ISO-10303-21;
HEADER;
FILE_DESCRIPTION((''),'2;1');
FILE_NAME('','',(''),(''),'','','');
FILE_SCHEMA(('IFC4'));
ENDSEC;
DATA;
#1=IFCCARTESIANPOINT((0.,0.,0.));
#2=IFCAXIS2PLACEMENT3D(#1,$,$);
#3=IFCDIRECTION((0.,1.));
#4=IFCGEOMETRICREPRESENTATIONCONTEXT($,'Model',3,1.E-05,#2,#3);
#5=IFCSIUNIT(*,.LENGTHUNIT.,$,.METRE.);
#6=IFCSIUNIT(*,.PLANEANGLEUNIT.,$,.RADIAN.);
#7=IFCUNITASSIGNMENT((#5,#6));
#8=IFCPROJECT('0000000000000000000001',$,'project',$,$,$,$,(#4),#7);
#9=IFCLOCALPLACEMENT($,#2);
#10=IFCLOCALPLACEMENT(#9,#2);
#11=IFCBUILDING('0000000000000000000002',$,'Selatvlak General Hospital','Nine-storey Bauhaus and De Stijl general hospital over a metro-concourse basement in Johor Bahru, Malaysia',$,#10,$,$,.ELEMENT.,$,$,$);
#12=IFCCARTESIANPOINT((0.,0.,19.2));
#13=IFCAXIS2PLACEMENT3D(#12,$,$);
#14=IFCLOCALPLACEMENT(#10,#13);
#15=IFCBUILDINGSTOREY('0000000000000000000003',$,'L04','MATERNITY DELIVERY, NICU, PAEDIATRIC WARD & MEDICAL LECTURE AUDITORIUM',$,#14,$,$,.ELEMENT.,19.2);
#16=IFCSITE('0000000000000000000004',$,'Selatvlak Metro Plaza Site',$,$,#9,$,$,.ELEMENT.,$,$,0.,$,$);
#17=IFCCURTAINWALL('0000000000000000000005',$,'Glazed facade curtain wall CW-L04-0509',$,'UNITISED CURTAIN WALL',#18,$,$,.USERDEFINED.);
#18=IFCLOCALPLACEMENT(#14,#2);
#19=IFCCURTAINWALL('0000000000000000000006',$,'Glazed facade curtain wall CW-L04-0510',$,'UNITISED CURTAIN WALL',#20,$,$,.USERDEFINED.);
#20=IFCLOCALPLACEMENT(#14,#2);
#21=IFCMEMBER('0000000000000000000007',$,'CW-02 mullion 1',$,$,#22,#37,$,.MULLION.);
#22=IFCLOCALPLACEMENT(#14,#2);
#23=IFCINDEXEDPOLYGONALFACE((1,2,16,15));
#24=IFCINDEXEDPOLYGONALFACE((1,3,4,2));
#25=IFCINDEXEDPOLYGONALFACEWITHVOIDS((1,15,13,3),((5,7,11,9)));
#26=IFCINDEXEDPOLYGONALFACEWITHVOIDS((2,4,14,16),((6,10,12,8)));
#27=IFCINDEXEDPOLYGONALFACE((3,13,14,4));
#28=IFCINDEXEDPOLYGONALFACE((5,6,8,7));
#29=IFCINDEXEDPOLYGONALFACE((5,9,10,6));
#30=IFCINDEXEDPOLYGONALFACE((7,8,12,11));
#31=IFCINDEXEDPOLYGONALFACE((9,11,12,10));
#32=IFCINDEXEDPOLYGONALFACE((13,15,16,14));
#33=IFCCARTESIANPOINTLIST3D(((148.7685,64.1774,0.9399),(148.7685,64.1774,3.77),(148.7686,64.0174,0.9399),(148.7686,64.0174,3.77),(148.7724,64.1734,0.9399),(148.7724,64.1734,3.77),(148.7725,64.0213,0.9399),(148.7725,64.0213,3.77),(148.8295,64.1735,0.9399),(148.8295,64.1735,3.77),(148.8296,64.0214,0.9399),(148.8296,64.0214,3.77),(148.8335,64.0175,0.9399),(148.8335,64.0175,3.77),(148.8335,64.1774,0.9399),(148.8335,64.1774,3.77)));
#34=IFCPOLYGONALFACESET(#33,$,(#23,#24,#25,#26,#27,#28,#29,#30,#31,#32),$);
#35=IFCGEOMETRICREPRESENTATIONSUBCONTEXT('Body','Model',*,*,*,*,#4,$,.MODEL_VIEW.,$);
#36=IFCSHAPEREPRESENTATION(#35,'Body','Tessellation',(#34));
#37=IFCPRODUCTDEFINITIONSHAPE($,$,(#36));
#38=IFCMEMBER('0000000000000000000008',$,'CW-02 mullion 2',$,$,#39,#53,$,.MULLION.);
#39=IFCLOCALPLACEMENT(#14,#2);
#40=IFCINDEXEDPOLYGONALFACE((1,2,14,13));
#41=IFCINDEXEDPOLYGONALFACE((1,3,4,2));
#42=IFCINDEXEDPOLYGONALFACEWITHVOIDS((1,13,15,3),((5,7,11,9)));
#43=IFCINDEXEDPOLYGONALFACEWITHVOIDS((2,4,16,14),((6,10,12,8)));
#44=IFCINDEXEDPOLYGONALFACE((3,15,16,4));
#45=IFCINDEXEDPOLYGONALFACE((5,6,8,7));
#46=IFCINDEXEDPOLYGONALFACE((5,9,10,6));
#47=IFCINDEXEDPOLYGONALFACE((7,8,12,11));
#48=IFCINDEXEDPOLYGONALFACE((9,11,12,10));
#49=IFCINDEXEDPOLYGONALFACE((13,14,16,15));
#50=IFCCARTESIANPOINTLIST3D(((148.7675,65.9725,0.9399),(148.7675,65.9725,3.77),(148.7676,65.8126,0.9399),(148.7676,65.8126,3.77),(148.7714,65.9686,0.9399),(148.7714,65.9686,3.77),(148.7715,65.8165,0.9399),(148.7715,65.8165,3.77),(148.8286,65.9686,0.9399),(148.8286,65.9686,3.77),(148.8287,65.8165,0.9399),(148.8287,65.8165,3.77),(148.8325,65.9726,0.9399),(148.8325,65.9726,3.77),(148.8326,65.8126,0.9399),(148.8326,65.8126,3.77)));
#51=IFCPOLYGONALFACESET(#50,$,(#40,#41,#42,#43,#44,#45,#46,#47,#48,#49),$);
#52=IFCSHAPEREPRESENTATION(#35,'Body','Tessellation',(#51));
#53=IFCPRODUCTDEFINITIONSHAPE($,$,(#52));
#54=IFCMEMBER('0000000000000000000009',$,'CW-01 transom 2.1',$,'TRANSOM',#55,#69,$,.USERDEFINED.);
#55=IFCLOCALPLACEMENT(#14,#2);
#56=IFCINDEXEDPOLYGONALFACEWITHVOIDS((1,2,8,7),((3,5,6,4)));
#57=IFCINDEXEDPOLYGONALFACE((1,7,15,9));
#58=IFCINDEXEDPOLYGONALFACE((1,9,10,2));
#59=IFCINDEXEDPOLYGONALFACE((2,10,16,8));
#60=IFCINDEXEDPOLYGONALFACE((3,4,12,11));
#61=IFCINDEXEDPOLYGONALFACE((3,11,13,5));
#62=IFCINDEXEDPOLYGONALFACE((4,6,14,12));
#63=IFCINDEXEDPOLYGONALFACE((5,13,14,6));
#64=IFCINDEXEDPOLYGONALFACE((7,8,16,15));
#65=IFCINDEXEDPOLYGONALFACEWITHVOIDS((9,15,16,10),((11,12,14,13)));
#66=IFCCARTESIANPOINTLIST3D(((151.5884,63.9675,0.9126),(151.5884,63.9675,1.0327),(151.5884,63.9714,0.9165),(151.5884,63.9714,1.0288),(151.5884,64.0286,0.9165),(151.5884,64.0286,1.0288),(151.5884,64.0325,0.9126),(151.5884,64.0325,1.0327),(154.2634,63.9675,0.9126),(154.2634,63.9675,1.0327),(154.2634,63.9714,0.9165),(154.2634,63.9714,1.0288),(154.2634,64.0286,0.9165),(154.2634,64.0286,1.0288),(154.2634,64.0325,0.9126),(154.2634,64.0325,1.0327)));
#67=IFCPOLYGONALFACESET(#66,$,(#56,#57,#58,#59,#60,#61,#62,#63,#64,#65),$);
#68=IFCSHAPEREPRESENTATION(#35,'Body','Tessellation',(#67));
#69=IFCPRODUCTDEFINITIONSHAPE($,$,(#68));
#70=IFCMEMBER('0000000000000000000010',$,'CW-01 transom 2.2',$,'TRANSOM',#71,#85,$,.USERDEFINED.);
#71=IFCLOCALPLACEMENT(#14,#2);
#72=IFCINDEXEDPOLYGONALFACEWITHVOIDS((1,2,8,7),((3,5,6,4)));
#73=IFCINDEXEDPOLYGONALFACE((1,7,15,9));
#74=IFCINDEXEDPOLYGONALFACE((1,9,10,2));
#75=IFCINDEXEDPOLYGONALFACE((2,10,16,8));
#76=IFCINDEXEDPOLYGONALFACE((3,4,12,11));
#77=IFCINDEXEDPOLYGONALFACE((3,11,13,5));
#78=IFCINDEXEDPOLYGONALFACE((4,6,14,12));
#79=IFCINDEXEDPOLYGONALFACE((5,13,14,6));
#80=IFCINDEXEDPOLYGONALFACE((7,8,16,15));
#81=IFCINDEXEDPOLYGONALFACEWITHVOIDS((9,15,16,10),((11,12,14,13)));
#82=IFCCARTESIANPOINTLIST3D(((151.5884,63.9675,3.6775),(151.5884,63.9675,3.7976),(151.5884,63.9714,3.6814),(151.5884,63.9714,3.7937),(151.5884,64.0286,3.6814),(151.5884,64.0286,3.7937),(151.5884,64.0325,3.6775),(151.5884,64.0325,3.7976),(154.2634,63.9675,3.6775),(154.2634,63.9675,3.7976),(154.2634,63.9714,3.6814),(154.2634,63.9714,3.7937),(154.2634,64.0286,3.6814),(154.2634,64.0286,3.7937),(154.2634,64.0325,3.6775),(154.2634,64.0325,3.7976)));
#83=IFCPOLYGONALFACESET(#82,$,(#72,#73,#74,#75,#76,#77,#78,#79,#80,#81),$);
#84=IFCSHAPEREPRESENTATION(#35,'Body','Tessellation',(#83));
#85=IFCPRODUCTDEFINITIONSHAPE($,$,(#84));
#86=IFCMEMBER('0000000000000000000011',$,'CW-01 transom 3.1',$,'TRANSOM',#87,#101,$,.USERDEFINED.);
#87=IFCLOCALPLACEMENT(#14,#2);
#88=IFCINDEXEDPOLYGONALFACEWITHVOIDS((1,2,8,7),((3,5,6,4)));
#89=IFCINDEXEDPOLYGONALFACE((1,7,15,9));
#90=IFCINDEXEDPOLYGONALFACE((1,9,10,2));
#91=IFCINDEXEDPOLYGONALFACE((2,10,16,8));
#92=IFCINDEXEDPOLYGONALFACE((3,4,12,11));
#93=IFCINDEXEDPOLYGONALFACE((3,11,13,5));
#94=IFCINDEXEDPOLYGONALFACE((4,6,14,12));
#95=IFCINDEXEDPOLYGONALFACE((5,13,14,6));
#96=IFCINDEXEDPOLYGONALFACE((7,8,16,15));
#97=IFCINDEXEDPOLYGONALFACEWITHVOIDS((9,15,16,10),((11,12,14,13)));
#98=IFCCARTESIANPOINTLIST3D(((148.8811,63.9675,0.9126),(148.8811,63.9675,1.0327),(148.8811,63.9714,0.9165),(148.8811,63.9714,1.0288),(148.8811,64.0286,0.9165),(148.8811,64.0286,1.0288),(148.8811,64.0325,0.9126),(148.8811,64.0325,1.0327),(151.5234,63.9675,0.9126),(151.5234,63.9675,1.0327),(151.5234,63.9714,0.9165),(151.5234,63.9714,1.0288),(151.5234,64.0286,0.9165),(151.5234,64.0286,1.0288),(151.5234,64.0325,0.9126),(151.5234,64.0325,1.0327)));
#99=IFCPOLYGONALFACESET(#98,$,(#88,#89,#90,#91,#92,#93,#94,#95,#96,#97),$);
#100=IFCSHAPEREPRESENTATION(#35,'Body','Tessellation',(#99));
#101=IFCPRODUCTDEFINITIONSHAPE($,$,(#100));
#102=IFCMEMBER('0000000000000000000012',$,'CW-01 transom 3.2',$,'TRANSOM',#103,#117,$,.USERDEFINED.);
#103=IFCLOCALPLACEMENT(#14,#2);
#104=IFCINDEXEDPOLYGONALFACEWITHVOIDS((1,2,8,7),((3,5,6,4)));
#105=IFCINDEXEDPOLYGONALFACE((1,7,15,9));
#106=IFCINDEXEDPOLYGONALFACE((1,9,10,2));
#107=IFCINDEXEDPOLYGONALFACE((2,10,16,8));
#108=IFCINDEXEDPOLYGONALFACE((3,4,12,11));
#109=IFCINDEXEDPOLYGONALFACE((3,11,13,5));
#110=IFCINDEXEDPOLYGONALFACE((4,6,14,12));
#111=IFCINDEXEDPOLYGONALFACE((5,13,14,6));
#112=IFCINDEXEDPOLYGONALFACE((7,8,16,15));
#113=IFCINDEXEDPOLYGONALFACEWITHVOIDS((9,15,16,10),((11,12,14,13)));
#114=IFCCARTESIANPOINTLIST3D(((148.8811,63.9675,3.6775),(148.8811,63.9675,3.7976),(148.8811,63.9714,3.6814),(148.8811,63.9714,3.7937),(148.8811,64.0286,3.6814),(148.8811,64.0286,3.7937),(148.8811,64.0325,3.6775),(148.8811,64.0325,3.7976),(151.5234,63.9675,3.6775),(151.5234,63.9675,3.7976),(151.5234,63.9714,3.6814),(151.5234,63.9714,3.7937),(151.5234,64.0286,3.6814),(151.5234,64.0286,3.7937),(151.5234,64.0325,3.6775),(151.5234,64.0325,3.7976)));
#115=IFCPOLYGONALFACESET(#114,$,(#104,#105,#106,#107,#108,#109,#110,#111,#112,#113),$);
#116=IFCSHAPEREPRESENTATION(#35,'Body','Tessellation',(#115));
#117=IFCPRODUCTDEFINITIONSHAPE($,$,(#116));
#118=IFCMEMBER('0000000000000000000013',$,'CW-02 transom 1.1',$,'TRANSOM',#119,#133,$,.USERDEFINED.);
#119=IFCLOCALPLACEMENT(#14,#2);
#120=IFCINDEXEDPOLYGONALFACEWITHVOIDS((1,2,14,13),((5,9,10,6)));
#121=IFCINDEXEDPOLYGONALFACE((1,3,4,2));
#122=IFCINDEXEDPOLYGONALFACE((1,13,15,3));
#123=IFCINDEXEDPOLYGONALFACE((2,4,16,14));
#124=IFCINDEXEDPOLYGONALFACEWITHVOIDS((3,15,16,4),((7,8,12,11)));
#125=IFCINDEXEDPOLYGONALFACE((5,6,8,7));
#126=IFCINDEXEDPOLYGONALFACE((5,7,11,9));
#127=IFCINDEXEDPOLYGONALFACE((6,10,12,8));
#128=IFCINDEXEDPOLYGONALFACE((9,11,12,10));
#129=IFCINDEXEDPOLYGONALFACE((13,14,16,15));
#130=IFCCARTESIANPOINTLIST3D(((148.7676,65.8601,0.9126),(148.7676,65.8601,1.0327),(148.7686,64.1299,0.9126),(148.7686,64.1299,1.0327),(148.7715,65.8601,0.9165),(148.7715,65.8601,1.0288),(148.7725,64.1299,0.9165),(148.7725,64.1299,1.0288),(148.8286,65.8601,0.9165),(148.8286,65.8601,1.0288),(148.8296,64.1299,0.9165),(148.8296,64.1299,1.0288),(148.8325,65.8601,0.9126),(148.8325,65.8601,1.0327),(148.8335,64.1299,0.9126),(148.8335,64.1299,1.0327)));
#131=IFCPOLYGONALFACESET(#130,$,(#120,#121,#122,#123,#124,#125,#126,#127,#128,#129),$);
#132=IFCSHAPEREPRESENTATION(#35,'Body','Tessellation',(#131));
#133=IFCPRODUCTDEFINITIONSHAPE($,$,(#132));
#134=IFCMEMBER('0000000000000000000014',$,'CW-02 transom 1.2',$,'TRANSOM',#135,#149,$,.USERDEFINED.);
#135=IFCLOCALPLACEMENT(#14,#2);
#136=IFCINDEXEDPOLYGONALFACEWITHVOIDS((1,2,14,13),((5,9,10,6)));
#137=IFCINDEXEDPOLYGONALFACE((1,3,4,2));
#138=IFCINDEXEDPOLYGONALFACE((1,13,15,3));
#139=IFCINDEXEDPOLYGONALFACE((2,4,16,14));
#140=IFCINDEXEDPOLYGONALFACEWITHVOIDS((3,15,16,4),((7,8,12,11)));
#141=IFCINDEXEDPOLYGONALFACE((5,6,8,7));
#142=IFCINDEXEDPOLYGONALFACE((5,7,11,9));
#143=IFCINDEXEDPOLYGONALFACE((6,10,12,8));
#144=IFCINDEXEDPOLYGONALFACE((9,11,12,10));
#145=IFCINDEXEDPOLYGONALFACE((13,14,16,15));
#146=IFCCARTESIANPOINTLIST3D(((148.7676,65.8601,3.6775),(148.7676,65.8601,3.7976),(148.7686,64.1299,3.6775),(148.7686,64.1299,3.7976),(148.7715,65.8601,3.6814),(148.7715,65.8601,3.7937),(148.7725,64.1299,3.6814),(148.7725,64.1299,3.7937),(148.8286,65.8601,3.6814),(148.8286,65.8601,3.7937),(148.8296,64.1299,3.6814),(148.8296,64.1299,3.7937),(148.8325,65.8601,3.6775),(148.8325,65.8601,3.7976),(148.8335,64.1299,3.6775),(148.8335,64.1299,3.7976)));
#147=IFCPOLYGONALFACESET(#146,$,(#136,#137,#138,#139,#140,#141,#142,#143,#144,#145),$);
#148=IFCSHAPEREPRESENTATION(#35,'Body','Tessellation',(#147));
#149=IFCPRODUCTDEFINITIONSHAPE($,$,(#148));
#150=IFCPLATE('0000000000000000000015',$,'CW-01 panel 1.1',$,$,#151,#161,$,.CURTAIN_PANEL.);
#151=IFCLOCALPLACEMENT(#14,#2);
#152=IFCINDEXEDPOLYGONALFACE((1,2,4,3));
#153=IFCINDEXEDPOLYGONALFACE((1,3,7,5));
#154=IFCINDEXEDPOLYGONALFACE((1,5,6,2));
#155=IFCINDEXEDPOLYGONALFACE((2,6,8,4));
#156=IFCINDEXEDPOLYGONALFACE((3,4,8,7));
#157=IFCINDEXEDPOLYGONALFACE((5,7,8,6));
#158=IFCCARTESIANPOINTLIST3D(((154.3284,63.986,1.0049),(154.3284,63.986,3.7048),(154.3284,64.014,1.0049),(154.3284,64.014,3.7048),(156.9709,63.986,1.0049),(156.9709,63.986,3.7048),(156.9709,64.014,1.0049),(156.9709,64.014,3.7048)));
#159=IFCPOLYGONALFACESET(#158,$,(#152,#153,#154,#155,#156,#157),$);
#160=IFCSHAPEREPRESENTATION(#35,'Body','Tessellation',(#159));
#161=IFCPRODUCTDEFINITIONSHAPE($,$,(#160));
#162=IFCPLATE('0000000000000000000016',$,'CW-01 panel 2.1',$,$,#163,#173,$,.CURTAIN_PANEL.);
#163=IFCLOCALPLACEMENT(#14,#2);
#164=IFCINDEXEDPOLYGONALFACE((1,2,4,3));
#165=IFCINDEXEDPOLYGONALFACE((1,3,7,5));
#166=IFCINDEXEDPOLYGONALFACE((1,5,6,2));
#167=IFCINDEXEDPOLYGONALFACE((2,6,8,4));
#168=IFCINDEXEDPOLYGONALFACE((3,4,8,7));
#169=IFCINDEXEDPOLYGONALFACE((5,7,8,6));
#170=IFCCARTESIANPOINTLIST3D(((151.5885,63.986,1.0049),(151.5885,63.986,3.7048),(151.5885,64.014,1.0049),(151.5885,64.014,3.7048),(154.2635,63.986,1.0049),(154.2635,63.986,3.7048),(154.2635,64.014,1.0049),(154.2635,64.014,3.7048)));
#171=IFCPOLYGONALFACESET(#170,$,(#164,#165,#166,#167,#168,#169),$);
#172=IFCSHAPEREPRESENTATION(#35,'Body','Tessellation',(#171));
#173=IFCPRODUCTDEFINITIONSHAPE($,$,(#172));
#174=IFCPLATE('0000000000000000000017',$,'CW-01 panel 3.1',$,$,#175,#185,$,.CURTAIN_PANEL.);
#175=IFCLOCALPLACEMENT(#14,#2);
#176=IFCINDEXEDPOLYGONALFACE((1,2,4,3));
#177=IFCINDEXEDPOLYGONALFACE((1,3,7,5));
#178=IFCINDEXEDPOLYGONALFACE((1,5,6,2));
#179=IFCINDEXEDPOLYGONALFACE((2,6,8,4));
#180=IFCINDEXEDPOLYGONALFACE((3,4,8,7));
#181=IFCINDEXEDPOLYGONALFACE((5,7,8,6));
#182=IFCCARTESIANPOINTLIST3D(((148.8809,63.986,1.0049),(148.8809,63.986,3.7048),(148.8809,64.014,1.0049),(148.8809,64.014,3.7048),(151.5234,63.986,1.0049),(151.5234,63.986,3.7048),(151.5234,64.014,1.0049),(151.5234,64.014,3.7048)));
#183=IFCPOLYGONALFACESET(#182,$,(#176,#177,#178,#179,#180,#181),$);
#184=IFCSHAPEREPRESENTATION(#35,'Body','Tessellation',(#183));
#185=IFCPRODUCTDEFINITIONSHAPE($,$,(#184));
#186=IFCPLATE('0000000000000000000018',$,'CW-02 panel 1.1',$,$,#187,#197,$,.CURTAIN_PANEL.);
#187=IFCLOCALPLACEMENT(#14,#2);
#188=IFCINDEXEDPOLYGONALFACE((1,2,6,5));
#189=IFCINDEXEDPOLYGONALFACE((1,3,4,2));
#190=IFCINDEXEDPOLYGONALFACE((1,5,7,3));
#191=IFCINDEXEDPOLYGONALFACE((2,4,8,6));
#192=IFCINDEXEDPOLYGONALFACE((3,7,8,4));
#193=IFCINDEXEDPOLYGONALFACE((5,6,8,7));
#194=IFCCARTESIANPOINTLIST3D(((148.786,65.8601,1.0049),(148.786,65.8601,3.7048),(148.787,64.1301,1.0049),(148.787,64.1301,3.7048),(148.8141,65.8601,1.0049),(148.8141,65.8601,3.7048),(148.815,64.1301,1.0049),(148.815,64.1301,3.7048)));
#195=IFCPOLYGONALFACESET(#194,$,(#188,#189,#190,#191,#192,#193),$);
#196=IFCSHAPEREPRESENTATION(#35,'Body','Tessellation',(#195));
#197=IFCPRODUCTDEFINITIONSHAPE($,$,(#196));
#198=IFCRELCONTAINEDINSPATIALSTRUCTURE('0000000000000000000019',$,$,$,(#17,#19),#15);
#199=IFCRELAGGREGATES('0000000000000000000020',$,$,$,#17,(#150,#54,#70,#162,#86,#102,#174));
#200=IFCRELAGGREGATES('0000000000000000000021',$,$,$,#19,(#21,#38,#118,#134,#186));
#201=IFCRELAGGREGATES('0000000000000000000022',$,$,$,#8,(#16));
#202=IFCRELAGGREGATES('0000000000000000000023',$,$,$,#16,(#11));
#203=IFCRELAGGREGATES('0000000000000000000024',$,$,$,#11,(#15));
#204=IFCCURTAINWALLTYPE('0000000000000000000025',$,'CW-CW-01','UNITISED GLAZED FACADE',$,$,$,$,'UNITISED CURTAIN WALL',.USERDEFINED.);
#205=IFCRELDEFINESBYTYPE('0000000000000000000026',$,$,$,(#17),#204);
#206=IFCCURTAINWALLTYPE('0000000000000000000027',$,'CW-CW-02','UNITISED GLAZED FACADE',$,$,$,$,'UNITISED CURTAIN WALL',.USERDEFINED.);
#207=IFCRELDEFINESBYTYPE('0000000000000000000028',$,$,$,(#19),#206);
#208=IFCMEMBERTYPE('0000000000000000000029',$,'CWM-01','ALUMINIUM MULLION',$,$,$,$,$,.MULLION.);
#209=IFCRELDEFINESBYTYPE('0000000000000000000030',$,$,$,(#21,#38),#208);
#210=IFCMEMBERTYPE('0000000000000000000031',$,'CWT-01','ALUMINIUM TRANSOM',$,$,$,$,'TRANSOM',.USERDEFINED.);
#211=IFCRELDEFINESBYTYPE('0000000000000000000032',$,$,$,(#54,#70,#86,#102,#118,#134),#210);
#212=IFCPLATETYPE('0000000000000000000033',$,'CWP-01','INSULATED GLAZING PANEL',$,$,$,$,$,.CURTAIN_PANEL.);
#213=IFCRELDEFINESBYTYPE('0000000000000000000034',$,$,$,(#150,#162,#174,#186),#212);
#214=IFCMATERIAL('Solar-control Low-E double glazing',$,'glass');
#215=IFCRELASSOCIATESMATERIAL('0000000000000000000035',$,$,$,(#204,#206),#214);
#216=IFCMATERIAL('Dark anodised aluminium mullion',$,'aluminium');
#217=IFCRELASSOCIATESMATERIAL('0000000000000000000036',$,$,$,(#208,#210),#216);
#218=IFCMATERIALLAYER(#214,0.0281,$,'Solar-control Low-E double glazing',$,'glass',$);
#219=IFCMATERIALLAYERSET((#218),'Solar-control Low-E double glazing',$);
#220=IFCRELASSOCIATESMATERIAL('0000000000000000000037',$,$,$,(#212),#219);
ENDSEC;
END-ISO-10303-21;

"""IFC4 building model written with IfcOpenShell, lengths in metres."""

from ifc_helpers import new_model, si_unit, direction, frame, origin, origin_2d, place, context, subcontext, project, spatial, rectangle, hollow_rectangle, extrude, material, layer, layer_set, material_profile, profile_set, type_object, element, aggregate, save


model = new_model("IFC4")

# Units and contexts
model_context = context("Model", 3, precision=1e-05, world=origin(), true_north=direction((0.0, 1.0)))
body_context = subcontext(model_context, "Body", "Model", "MODEL_VIEW")
ifc_project = project(units=[si_unit("LENGTHUNIT", "METRE"), si_unit("PLANEANGLEUNIT", "RADIAN")], contexts=[model_context])

# Site, building, storey
site_placement = place(None, origin())
site = spatial("IfcSite", under=ifc_project, at=site_placement, Name="Selatvlak Metro Plaza Site", CompositionType="ELEMENT", RefElevation=0.0)
building_placement = place(site_placement, origin())
building = spatial("IfcBuilding", under=site, at=building_placement, Name="Selatvlak General Hospital", Description="Nine-storey Bauhaus and De Stijl general hospital over a metro-concourse basement in Johor Bahru, Malaysia", CompositionType="ELEMENT")
storey_placement = place(building_placement, frame((0.0, 0.0, 19.2)))
storey = spatial("IfcBuildingStorey", under=building, at=storey_placement, Name="L04", Description="MATERNITY DELIVERY, NICU, PAEDIATRIC WARD & MEDICAL LECTURE AUDITORIUM", CompositionType="ELEMENT", Elevation=19.2)

# Curtain walls, members
ifc_material_1 = material(Name="Solar-control Low-E double glazing", Category="glass")
curtain_wall_type_1 = type_object("IfcCurtainWallType", Name="CW-CW-01", Description="UNITISED GLAZED FACADE", ElementType="UNITISED CURTAIN WALL", PredefinedType="USERDEFINED", material=ifc_material_1)
curtain_wall_1_placement = place(storey_placement, origin())
curtain_wall_1 = element("IfcCurtainWall", 1, at=curtain_wall_1_placement, inside=storey, type_object=curtain_wall_type_1, Name="Glazed facade curtain wall CW-L04-0509", ObjectType="UNITISED CURTAIN WALL", PredefinedType="USERDEFINED")
ifc_material_2 = material(Name="Dark anodised aluminium mullion", Category="aluminium")
ifc_material_profile_1 = material_profile(ifc_material_2, hollow_rectangle(XDim=0.0649, YDim=0.1599, WallThickness=0.0039, at=origin_2d()), Name="AL-MUL 65x160x4")
ifc_profile_set_1 = profile_set([ifc_material_profile_1], Name="Dark anodised aluminium mullion")
member_type_1 = type_object("IfcMemberType", Name="CWM-01", Description="ALUMINIUM MULLION", PredefinedType="MULLION", material=ifc_profile_set_1)
curtain_wall_type_2 = type_object("IfcCurtainWallType", Name="CW-CW-02", Description="UNITISED GLAZED FACADE", ElementType="UNITISED CURTAIN WALL", PredefinedType="USERDEFINED", material=ifc_material_1)
curtain_wall_2_placement = place(storey_placement, origin())
curtain_wall_2 = element("IfcCurtainWall", 2, at=curtain_wall_2_placement, inside=storey, type_object=curtain_wall_type_2, Name="Glazed facade curtain wall CW-L04-0510", ObjectType="UNITISED CURTAIN WALL", PredefinedType="USERDEFINED")
member_1_placement = place(storey_placement, frame((148.801, 64.0974, 0.9399), z_axis=(0.0, 0.0, 1.0), x_axis=(-1.0, -0.000538, 0.0)))
member_1 = element("IfcMember", 3, at=member_1_placement, type_object=member_type_1, Name="CW-02 mullion 1", PredefinedType="MULLION", context=body_context, shape_type="SweptSolid", body=[
    extrude(hollow_rectangle(XDim=0.0649, YDim=0.1599, WallThickness=0.0039, at=origin_2d()), origin(), (0.0, 0.0, 1.0), 2.8301),
])
member_2_placement = place(storey_placement, frame((148.8, 65.8926, 0.9399), z_axis=(0.0, 0.0, 1.0), x_axis=(-1.0, -0.000538, 0.0)))
member_2 = element("IfcMember", 4, at=member_2_placement, type_object=member_type_1, Name="CW-02 mullion 2", PredefinedType="MULLION", context=body_context, shape_type="SweptSolid", body=[
    extrude(hollow_rectangle(XDim=0.0649, YDim=0.1599, WallThickness=0.0039, at=origin_2d()), origin(), (0.0, 0.0, 1.0), 2.8301),
])

# Members
ifc_material_profile_2 = material_profile(ifc_material_2, hollow_rectangle(XDim=0.0649, YDim=0.1201, WallThickness=0.0039, at=origin_2d()), Name="AL-TRN 65x120x4")
ifc_profile_set_2 = profile_set([ifc_material_profile_2], Name="Dark anodised aluminium mullion")
member_type_2 = type_object("IfcMemberType", Name="CWT-01", Description="ALUMINIUM TRANSOM", ElementType="TRANSOM", PredefinedType="USERDEFINED", material=ifc_profile_set_2)
member_3_placement = place(storey_placement, frame((154.2634, 64.0, 0.9727), z_axis=(-1.0, 0.0, 0.0), x_axis=(0.0, -1.0, 0.0)))
member_3 = element("IfcMember", 5, at=member_3_placement, type_object=member_type_2, Name="CW-01 transom 2.1", ObjectType="TRANSOM", PredefinedType="USERDEFINED", context=body_context, shape_type="SweptSolid", body=[
    extrude(hollow_rectangle(XDim=0.0649, YDim=0.1201, WallThickness=0.0039, at=origin_2d()), origin(), (0.0, 0.0, 1.0), 2.675),
])
member_4_placement = place(storey_placement, frame((154.2634, 64.0, 3.7375), z_axis=(-1.0, 0.0, 0.0), x_axis=(0.0, -1.0, 0.0)))
member_4 = element("IfcMember", 6, at=member_4_placement, type_object=member_type_2, Name="CW-01 transom 2.2", ObjectType="TRANSOM", PredefinedType="USERDEFINED", context=body_context, shape_type="SweptSolid", body=[
    extrude(hollow_rectangle(XDim=0.0649, YDim=0.1201, WallThickness=0.0039, at=origin_2d()), origin(), (0.0, 0.0, 1.0), 2.675),
])
member_5_placement = place(storey_placement, frame((151.5234, 64.0, 0.9727), z_axis=(-1.0, 0.0, 0.0), x_axis=(0.0, -1.0, 0.0)))
member_5 = element("IfcMember", 7, at=member_5_placement, type_object=member_type_2, Name="CW-01 transom 3.1", ObjectType="TRANSOM", PredefinedType="USERDEFINED", context=body_context, shape_type="SweptSolid", body=[
    extrude(hollow_rectangle(XDim=0.0649, YDim=0.1201, WallThickness=0.0039, at=origin_2d()), origin(), (0.0, 0.0, 1.0), 2.6423),
])
member_6_placement = place(storey_placement, frame((151.5234, 64.0, 3.7375), z_axis=(-1.0, 0.0, 0.0), x_axis=(0.0, -1.0, 0.0)))
member_6 = element("IfcMember", 8, at=member_6_placement, type_object=member_type_2, Name="CW-01 transom 3.2", ObjectType="TRANSOM", PredefinedType="USERDEFINED", context=body_context, shape_type="SweptSolid", body=[
    extrude(hollow_rectangle(XDim=0.0649, YDim=0.1201, WallThickness=0.0039, at=origin_2d()), origin(), (0.0, 0.0, 1.0), 2.6423),
])
member_7_placement = place(storey_placement, frame((148.801, 64.1299, 0.9727), z_axis=(-0.000564, 1.0, 0.0), x_axis=(-1.0, -0.000564, 0.0)))
member_7 = element("IfcMember", 9, at=member_7_placement, type_object=member_type_2, Name="CW-02 transom 1.1", ObjectType="TRANSOM", PredefinedType="USERDEFINED", context=body_context, shape_type="SweptSolid", body=[
    extrude(hollow_rectangle(XDim=0.0649, YDim=0.1201, WallThickness=0.0039, at=origin_2d()), origin(), (0.0, 0.0, 1.0), 1.7302),
])
member_8_placement = place(storey_placement, frame((148.801, 64.1299, 3.7375), z_axis=(-0.000564, 1.0, 0.0), x_axis=(-1.0, -0.000564, 0.0)))
member_8 = element("IfcMember", 10, at=member_8_placement, type_object=member_type_2, Name="CW-02 transom 1.2", ObjectType="TRANSOM", PredefinedType="USERDEFINED", context=body_context, shape_type="SweptSolid", body=[
    extrude(hollow_rectangle(XDim=0.0649, YDim=0.1201, WallThickness=0.0039, at=origin_2d()), origin(), (0.0, 0.0, 1.0), 1.7302),
])

# Plates
ifc_layer_1 = layer(ifc_material_1, 0.0281, Name="Solar-control Low-E double glazing", Category="glass")
ifc_layer_set_1 = layer_set([ifc_layer_1], Name="Solar-control Low-E double glazing")
plate_type = type_object("IfcPlateType", Name="CWP-01", Description="INSULATED GLAZING PANEL", PredefinedType="CURTAIN_PANEL", material=ifc_layer_set_1)
plate_1_placement = place(storey_placement, frame((155.6497, 64.0, 1.0049), z_axis=(0.0, 0.0, 1.0), x_axis=(-1.0, 0.0, 0.0)))
plate_1 = element("IfcPlate", 11, at=plate_1_placement, type_object=plate_type, Name="CW-01 panel 1.1", PredefinedType="CURTAIN_PANEL", context=body_context, shape_type="SweptSolid", body=[
    extrude(rectangle(XDim=2.6426, YDim=0.0281, at=origin_2d()), origin(), (0.0, 0.0, 1.0), 2.7),
])
plate_2_placement = place(storey_placement, frame((152.926, 64.0, 1.0049), z_axis=(0.0, 0.0, 1.0), x_axis=(-1.0, 0.0, 0.0)))
plate_2 = element("IfcPlate", 12, at=plate_2_placement, type_object=plate_type, Name="CW-01 panel 2.1", PredefinedType="CURTAIN_PANEL", context=body_context, shape_type="SweptSolid", body=[
    extrude(rectangle(XDim=2.675, YDim=0.0281, at=origin_2d()), origin(), (0.0, 0.0, 1.0), 2.7),
])
plate_3_placement = place(storey_placement, frame((150.2021, 64.0, 1.0049), z_axis=(0.0, 0.0, 1.0), x_axis=(-1.0, 0.0, 0.0)))
plate_3 = element("IfcPlate", 13, at=plate_3_placement, type_object=plate_type, Name="CW-01 panel 3.1", PredefinedType="CURTAIN_PANEL", context=body_context, shape_type="SweptSolid", body=[
    extrude(rectangle(XDim=2.6426, YDim=0.0281, at=origin_2d()), origin(), (0.0, 0.0, 1.0), 2.7),
])
aggregate(curtain_wall_1, [plate_1, member_3, member_4, plate_2, member_5, member_6, plate_3])
plate_4_placement = place(storey_placement, frame((148.8005, 64.9951, 1.0049), z_axis=(0.0, 0.0, 1.0), x_axis=(-0.000538, 1.0, 0.0)))
plate_4 = element("IfcPlate", 14, at=plate_4_placement, type_object=plate_type, Name="CW-02 panel 1.1", PredefinedType="CURTAIN_PANEL", context=body_context, shape_type="SweptSolid", body=[
    extrude(rectangle(XDim=1.73, YDim=0.0281, at=origin_2d()), origin(), (0.0, 0.0, 1.0), 2.7),
])
aggregate(curtain_wall_2, [member_1, member_2, member_7, member_8, plate_4])

save(model, "model.ifc")
